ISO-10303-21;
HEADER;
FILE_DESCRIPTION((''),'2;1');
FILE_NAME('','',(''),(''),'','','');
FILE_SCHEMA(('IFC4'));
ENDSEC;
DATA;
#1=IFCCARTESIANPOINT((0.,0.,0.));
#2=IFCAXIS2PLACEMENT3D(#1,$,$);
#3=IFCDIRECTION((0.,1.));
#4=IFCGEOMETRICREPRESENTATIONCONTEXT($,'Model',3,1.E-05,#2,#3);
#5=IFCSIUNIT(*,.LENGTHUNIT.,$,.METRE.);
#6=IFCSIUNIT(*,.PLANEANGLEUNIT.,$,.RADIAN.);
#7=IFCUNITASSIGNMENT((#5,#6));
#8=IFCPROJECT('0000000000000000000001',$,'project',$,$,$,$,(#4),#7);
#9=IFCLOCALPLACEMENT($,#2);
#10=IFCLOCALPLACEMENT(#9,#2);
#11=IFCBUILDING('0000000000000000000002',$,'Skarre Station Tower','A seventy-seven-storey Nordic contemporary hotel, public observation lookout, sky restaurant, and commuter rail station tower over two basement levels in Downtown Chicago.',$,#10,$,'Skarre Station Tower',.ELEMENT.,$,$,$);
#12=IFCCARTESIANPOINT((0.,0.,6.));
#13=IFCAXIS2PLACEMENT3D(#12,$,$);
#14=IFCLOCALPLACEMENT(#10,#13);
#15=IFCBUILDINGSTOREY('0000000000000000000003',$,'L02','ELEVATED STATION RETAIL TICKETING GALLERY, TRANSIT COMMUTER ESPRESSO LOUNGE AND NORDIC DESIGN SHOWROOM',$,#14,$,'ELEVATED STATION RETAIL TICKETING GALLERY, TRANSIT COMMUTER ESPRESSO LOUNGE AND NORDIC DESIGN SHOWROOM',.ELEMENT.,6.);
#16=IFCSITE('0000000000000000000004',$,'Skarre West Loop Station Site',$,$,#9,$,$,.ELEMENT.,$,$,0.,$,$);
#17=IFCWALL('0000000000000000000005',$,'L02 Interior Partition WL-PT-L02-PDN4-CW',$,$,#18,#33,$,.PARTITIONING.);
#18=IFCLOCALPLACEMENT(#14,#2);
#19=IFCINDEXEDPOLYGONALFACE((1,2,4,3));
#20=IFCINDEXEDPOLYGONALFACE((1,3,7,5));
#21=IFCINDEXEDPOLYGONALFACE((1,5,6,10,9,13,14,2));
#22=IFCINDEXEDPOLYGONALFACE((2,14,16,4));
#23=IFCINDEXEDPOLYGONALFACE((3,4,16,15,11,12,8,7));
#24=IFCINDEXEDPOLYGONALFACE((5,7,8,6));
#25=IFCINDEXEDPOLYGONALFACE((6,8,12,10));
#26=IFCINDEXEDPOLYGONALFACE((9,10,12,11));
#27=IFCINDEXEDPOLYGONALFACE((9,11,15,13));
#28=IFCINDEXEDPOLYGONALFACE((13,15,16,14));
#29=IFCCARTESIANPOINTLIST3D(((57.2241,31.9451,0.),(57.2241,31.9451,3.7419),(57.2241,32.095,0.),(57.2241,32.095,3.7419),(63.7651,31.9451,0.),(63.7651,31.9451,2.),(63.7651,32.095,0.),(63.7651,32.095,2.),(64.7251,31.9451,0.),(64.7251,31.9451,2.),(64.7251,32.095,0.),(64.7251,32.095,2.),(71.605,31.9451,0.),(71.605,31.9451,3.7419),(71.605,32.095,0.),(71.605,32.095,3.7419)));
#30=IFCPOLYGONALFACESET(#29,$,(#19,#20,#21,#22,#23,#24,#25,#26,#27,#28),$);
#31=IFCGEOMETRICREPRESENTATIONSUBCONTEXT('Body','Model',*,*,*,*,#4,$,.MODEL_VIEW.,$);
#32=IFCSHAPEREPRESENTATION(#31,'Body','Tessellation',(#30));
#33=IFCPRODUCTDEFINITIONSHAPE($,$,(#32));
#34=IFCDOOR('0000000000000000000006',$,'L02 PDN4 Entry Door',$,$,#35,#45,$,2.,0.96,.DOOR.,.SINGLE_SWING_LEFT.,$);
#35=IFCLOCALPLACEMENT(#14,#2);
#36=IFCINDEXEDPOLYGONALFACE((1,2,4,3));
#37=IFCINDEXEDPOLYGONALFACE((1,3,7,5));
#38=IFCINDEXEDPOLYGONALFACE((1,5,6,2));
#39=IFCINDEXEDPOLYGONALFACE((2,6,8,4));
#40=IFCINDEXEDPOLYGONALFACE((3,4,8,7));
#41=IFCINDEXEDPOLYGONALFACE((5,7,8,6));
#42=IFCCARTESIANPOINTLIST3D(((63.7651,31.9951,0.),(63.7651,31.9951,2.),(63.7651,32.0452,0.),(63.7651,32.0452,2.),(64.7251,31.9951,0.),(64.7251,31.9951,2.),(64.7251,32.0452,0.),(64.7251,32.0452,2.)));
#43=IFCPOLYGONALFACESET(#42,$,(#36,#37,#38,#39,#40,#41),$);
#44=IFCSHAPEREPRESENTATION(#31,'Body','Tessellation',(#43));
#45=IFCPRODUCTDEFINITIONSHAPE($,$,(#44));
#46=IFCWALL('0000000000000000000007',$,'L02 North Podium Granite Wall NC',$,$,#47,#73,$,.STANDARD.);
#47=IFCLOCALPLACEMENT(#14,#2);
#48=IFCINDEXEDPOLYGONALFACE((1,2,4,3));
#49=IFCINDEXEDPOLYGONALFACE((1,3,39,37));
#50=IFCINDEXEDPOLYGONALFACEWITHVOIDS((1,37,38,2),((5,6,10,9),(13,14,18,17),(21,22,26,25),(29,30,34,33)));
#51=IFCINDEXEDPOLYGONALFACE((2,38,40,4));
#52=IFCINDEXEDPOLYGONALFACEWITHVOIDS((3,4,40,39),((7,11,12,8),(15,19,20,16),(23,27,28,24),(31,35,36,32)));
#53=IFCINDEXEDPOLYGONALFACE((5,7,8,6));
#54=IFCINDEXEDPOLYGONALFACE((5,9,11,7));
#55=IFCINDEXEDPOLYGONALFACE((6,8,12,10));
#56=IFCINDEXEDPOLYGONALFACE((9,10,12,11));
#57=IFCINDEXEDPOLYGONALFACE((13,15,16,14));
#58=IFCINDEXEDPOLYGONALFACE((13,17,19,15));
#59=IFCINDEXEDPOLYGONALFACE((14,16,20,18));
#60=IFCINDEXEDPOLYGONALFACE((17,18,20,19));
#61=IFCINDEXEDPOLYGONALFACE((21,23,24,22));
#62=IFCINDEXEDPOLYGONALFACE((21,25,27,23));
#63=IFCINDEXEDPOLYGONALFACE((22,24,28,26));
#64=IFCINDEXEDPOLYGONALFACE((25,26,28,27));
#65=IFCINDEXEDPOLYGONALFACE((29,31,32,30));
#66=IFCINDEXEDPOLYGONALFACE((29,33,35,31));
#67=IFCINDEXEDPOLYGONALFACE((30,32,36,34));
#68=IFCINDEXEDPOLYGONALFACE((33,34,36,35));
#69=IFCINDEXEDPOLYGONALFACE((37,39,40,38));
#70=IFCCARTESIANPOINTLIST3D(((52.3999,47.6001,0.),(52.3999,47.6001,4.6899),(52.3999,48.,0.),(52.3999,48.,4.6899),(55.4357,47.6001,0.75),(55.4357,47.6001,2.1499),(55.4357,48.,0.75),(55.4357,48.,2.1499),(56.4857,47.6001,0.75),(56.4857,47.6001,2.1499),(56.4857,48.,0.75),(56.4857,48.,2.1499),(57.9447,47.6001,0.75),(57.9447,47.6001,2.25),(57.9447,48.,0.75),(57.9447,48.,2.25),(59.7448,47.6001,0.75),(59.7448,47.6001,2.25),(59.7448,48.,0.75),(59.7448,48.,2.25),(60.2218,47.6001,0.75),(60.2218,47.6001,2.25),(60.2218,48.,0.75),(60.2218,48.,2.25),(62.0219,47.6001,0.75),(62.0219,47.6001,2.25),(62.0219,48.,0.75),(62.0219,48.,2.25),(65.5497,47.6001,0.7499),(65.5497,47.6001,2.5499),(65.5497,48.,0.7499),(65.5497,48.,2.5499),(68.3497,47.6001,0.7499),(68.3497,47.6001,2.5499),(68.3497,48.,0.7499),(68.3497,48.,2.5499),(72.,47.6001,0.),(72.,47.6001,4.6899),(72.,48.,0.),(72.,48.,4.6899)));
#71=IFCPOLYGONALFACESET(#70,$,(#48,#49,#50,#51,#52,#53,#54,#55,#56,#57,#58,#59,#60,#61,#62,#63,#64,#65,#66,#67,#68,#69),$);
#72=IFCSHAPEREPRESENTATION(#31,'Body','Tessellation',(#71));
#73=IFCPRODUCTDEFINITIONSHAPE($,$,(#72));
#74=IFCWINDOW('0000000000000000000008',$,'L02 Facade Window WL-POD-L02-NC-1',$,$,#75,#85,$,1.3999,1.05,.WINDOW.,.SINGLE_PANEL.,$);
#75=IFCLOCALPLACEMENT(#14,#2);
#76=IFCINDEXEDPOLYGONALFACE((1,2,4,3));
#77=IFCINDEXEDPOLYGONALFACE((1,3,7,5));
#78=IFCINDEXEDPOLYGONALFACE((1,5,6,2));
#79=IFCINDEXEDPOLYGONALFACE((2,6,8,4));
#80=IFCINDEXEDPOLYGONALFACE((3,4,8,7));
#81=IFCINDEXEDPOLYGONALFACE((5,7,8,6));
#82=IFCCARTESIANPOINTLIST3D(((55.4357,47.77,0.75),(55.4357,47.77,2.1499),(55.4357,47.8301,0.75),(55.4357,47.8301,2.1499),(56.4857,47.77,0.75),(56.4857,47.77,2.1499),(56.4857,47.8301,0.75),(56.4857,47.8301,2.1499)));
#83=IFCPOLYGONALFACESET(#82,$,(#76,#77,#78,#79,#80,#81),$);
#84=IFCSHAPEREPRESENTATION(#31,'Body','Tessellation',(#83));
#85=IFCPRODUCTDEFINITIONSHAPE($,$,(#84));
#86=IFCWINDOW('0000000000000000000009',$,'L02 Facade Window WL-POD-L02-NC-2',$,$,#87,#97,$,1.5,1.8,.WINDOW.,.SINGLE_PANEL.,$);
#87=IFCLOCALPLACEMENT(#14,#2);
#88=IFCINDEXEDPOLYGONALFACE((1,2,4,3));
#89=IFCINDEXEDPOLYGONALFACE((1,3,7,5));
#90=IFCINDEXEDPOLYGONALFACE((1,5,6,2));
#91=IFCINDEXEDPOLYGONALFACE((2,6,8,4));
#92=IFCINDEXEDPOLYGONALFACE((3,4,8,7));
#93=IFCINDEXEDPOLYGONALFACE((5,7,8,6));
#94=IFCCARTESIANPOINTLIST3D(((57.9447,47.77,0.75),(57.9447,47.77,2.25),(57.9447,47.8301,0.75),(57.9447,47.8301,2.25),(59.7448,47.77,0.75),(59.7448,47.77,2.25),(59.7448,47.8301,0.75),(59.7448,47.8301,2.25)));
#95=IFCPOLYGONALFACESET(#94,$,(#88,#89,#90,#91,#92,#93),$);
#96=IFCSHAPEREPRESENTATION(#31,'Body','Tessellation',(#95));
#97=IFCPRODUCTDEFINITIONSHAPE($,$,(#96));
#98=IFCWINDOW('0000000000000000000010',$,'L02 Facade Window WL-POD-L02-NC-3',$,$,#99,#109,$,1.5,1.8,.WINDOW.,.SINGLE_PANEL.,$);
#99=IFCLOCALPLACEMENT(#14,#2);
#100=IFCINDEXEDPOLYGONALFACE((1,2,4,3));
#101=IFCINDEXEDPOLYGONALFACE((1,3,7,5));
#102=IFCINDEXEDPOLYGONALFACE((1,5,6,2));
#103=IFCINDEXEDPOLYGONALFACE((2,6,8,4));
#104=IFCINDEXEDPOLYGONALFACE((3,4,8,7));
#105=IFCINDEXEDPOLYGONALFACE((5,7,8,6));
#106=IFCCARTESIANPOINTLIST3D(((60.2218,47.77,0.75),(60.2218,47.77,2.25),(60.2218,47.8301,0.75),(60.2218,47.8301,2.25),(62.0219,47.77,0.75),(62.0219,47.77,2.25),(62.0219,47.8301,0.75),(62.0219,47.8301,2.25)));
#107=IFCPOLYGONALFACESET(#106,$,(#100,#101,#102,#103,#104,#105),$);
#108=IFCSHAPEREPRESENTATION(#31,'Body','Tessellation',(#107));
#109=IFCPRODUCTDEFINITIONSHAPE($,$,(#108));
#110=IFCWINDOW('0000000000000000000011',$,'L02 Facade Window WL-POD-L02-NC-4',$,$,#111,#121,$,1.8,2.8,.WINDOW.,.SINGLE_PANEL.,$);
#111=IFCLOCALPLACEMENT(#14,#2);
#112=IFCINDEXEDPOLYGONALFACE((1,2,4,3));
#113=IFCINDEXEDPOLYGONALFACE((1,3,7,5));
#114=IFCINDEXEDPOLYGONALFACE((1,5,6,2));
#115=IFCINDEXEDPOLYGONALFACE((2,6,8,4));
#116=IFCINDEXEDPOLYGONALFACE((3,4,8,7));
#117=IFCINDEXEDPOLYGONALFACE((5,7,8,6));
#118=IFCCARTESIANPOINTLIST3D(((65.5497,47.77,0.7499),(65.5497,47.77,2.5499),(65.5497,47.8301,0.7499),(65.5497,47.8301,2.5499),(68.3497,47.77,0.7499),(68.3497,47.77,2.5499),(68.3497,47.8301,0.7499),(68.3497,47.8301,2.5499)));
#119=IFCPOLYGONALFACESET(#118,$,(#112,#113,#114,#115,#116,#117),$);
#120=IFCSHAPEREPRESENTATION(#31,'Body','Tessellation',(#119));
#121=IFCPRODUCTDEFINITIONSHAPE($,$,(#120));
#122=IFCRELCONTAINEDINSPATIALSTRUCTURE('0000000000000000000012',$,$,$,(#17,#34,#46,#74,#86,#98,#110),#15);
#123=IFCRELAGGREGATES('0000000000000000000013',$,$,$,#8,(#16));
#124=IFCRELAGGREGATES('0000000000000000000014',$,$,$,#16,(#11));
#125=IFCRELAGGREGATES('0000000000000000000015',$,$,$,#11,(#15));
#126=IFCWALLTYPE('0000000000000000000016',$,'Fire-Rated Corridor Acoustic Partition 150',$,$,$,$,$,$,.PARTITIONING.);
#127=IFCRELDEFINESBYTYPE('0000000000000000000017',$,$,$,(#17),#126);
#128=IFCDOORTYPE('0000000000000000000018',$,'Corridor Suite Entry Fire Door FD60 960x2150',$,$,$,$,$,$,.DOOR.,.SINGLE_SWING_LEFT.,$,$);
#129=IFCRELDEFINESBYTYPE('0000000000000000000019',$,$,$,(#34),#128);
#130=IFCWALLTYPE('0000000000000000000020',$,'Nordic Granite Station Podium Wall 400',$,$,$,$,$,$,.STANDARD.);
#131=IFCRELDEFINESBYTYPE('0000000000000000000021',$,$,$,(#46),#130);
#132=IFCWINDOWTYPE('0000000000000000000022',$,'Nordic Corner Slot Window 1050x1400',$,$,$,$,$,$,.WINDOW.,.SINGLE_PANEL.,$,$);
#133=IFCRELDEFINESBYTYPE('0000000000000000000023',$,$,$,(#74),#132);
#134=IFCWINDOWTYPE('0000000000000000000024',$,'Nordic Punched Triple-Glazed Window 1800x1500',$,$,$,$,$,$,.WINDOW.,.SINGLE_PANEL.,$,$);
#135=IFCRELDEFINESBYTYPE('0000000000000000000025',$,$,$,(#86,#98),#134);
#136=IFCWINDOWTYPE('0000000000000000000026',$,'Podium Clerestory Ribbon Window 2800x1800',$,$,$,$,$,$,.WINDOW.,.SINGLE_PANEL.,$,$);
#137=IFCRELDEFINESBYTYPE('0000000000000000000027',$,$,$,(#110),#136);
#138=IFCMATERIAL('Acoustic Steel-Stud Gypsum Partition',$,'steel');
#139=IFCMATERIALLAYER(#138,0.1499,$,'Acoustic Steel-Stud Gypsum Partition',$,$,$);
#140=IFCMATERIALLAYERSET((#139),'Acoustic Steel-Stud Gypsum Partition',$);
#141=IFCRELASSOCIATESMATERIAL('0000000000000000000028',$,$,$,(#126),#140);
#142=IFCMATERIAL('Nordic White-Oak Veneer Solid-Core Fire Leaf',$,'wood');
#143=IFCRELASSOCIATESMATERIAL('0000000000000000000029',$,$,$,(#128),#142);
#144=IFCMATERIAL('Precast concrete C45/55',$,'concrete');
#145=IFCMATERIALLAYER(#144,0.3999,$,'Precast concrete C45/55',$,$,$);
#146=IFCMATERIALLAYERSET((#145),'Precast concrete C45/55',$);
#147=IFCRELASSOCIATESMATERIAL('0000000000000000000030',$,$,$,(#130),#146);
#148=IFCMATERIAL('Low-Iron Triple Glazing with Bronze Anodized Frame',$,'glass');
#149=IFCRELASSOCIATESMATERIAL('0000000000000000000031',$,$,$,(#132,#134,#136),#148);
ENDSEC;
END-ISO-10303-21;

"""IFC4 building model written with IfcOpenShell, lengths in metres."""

from ifc_helpers import new_model, si_unit, direction, frame, frame_2d, origin, place, context, subcontext, project, spatial, rectangle, extrude, material, layer, layer_set, type_object, element, fill, save


model = new_model("IFC4")

# Units and contexts
model_context = context("Model", 3, precision=1e-05, world=origin(), true_north=direction((0.0, 1.0)))
body_context = subcontext(model_context, "Body", "Model", "MODEL_VIEW")
ifc_project = project(units=[si_unit("LENGTHUNIT", "METRE"), si_unit("PLANEANGLEUNIT", "RADIAN")], contexts=[model_context])

# Site, building, storey
site_placement = place(None, origin())
site = spatial("IfcSite", under=ifc_project, at=site_placement, Name="Skarre West Loop Station Site", CompositionType="ELEMENT", RefElevation=0.0)
building_placement = place(site_placement, origin())
building = spatial("IfcBuilding", under=site, at=building_placement, Name="Skarre Station Tower", Description="A seventy-seven-storey Nordic contemporary hotel, public observation lookout, sky restaurant, and commuter rail station tower over two basement levels in Downtown Chicago.", LongName="Skarre Station Tower", CompositionType="ELEMENT")
storey_placement = place(building_placement, frame((0.0, 0.0, 6.0)))
storey = spatial("IfcBuildingStorey", under=building, at=storey_placement, Name="L02", Description="ELEVATED STATION RETAIL TICKETING GALLERY, TRANSIT COMMUTER ESPRESSO LOUNGE AND NORDIC DESIGN SHOWROOM", LongName="ELEVATED STATION RETAIL TICKETING GALLERY, TRANSIT COMMUTER ESPRESSO LOUNGE AND NORDIC DESIGN SHOWROOM", CompositionType="ELEMENT", Elevation=6.0)

# Wall, opening, door
ifc_material_1 = material(Name="Acoustic Steel-Stud Gypsum Partition", Category="steel")
ifc_layer_1 = layer(ifc_material_1, 0.1499, Name="Acoustic Steel-Stud Gypsum Partition")
ifc_layer_set_1 = layer_set([ifc_layer_1], Name="Acoustic Steel-Stud Gypsum Partition")
wall_type_1 = type_object("IfcWallType", Name="Fire-Rated Corridor Acoustic Partition 150", PredefinedType="PARTITIONING", material=ifc_layer_set_1)
ifc_material_2 = material(Name="Nordic White-Oak Veneer Solid-Core Fire Leaf", Category="wood")
door_type = type_object("IfcDoorType", Name="Corridor Suite Entry Fire Door FD60 960x2150", OperationType="SINGLE_SWING_LEFT", PredefinedType="DOOR", material=ifc_material_2)
wall_1_placement = place(storey_placement, frame((71.605, 32.02, 0.0), z_axis=(0.0, 0.0, 1.0), x_axis=(-1.0, 0.0, 0.0)))
wall_1 = element("IfcWall", 1, at=wall_1_placement, inside=storey, type_object=wall_type_1, Name="L02 Interior Partition WL-PT-L02-PDN4-CW", PredefinedType="PARTITIONING", context=body_context, shape_type="SweptSolid", body=[
    extrude(rectangle(XDim=14.3809, YDim=0.1499, at=frame_2d((7.1904, 0.0))), origin(), (0.0, 0.0, 1.0), 3.7419),
])
opening_1_placement = place(wall_1_placement, frame((6.8799, 0.0, 0.0)))
opening_1 = element("IfcOpeningElement", 2, at=opening_1_placement, cuts=wall_1, PredefinedType="OPENING", context=body_context, shape_type="SweptSolid", body=[
    extrude(rectangle(XDim=0.96, YDim=2.0, at=frame_2d((0.48, 1.0))), frame((0.0, 0.085, 0.0), z_axis=(0.0, -1.0, 0.0), x_axis=(1.0, 0.0, 0.0)), (0.0, 0.0, 1.0), 0.1699),
])
door_1_placement = place(opening_1_placement, origin())
door_1 = element("IfcDoor", 3, at=door_1_placement, inside=storey, type_object=door_type, Name="L02 PDN4 Entry Door", OperationType="SINGLE_SWING_LEFT", OverallHeight=2.0, OverallWidth=0.96, PredefinedType="DOOR", context=body_context, shape_type="SweptSolid", body=[
    extrude(rectangle(XDim=0.96, YDim=2.0, at=frame_2d((0.48, 1.0))), frame((0.0, 0.0249, 0.0), z_axis=(0.0, -1.0, 0.0), x_axis=(1.0, 0.0, 0.0)), (0.0, 0.0, 1.0), 0.05),
])
fill(opening_1, door_1)

# Wall, openings, windows
ifc_material_3 = material(Name="Precast concrete C45/55", Category="concrete")
ifc_layer_2 = layer(ifc_material_3, 0.3999, Name="Precast concrete C45/55")
ifc_layer_set_2 = layer_set([ifc_layer_2], Name="Precast concrete C45/55")
wall_type_2 = type_object("IfcWallType", Name="Nordic Granite Station Podium Wall 400", PredefinedType="STANDARD", material=ifc_layer_set_2)
wall_2_placement = place(storey_placement, frame((52.3999, 47.8, 0.0), z_axis=(0.0, 0.0, 1.0), x_axis=(1.0, 0.0, 0.0)))
wall_2 = element("IfcWall", 4, at=wall_2_placement, inside=storey, type_object=wall_type_2, Name="L02 North Podium Granite Wall NC", PredefinedType="STANDARD", context=body_context, shape_type="SweptSolid", body=[
    extrude(rectangle(XDim=19.6001, YDim=0.3999, at=frame_2d((9.8, 0.0))), origin(), (0.0, 0.0, 1.0), 4.6899),
])
opening_2_placement = place(wall_2_placement, frame((3.0359, 0.0, 0.75)))
opening_2 = element("IfcOpeningElement", 5, at=opening_2_placement, cuts=wall_2, PredefinedType="OPENING", context=body_context, shape_type="SweptSolid", body=[
    extrude(rectangle(XDim=1.05, YDim=1.3999, at=frame_2d((0.5249, 0.7))), frame((0.0, 0.21, 0.0), z_axis=(0.0, -1.0, 0.0), x_axis=(1.0, 0.0, 0.0)), (0.0, 0.0, 1.0), 0.4199),
])
opening_3_placement = place(wall_2_placement, frame((5.5449, 0.0, 0.75)))
opening_3 = element("IfcOpeningElement", 6, at=opening_3_placement, cuts=wall_2, PredefinedType="OPENING", context=body_context, shape_type="SweptSolid", body=[
    extrude(rectangle(XDim=1.8, YDim=1.5, at=frame_2d((0.8999, 0.75))), frame((0.0, 0.21, 0.0), z_axis=(0.0, -1.0, 0.0), x_axis=(1.0, 0.0, 0.0)), (0.0, 0.0, 1.0), 0.4199),
])
opening_4_placement = place(wall_2_placement, frame((7.822, 0.0, 0.75)))
opening_4 = element("IfcOpeningElement", 7, at=opening_4_placement, cuts=wall_2, PredefinedType="OPENING", context=body_context, shape_type="SweptSolid", body=[
    extrude(rectangle(XDim=1.8, YDim=1.5, at=frame_2d((0.8999, 0.75))), frame((0.0, 0.21, 0.0), z_axis=(0.0, -1.0, 0.0), x_axis=(1.0, 0.0, 0.0)), (0.0, 0.0, 1.0), 0.4199),
])
opening_5_placement = place(wall_2_placement, frame((13.1499, 0.0, 0.75)))
opening_5 = element("IfcOpeningElement", 8, at=opening_5_placement, cuts=wall_2, PredefinedType="OPENING", context=body_context, shape_type="SweptSolid", body=[
    extrude(rectangle(XDim=2.8, YDim=1.8, at=frame_2d((1.3999, 0.8999))), frame((0.0, 0.21, 0.0), z_axis=(0.0, -1.0, 0.0), x_axis=(1.0, 0.0, 0.0)), (0.0, 0.0, 1.0), 0.4199),
])
ifc_material_4 = material(Name="Low-Iron Triple Glazing with Bronze Anodized Frame", Category="glass")
window_type_1 = type_object("IfcWindowType", Name="Nordic Corner Slot Window 1050x1400", PartitioningType="SINGLE_PANEL", PredefinedType="WINDOW", material=ifc_material_4)
window_1_placement = place(opening_2_placement, origin())
window_1 = element("IfcWindow", 9, at=window_1_placement, inside=storey, type_object=window_type_1, Name="L02 Facade Window WL-POD-L02-NC-1", OverallHeight=1.3999, OverallWidth=1.05, PartitioningType="SINGLE_PANEL", PredefinedType="WINDOW", context=body_context, shape_type="SweptSolid", body=[
    extrude(rectangle(XDim=1.05, YDim=1.3999, at=frame_2d((0.5249, 0.7))), frame((0.0, 0.03, 0.0), z_axis=(0.0, -1.0, 0.0), x_axis=(1.0, 0.0, 0.0)), (0.0, 0.0, 1.0), 0.0601),
])
fill(opening_2, window_1)
window_type_2 = type_object("IfcWindowType", Name="Nordic Punched Triple-Glazed Window 1800x1500", PartitioningType="SINGLE_PANEL", PredefinedType="WINDOW", material=ifc_material_4)
window_2_placement = place(opening_3_placement, origin())
window_2 = element("IfcWindow", 10, at=window_2_placement, inside=storey, type_object=window_type_2, Name="L02 Facade Window WL-POD-L02-NC-2", OverallHeight=1.5, OverallWidth=1.8, PartitioningType="SINGLE_PANEL", PredefinedType="WINDOW", context=body_context, shape_type="SweptSolid", body=[
    extrude(rectangle(XDim=1.8, YDim=1.5, at=frame_2d((0.8999, 0.75))), frame((0.0, 0.03, 0.0), z_axis=(0.0, -1.0, 0.0), x_axis=(1.0, 0.0, 0.0)), (0.0, 0.0, 1.0), 0.0601),
])
fill(opening_3, window_2)
window_3_placement = place(opening_4_placement, origin())
window_3 = element("IfcWindow", 11, at=window_3_placement, inside=storey, type_object=window_type_2, Name="L02 Facade Window WL-POD-L02-NC-3", OverallHeight=1.5, OverallWidth=1.8, PartitioningType="SINGLE_PANEL", PredefinedType="WINDOW", context=body_context, shape_type="SweptSolid", body=[
    extrude(rectangle(XDim=1.8, YDim=1.5, at=frame_2d((0.8999, 0.75))), frame((0.0, 0.03, 0.0), z_axis=(0.0, -1.0, 0.0), x_axis=(1.0, 0.0, 0.0)), (0.0, 0.0, 1.0), 0.0601),
])
fill(opening_4, window_3)
window_type_3 = type_object("IfcWindowType", Name="Podium Clerestory Ribbon Window 2800x1800", PartitioningType="SINGLE_PANEL", PredefinedType="WINDOW", material=ifc_material_4)
window_4_placement = place(opening_5_placement, origin())
window_4 = element("IfcWindow", 12, at=window_4_placement, inside=storey, type_object=window_type_3, Name="L02 Facade Window WL-POD-L02-NC-4", OverallHeight=1.8, OverallWidth=2.8, PartitioningType="SINGLE_PANEL", PredefinedType="WINDOW", context=body_context, shape_type="SweptSolid", body=[
    extrude(rectangle(XDim=2.8, YDim=1.8, at=frame_2d((1.3999, 0.8999))), frame((0.0, 0.03, 0.0), z_axis=(0.0, -1.0, 0.0), x_axis=(1.0, 0.0, 0.0)), (0.0, 0.0, 1.0), 0.0601),
])
fill(opening_5, window_4)

save(model, "model.ifc")
